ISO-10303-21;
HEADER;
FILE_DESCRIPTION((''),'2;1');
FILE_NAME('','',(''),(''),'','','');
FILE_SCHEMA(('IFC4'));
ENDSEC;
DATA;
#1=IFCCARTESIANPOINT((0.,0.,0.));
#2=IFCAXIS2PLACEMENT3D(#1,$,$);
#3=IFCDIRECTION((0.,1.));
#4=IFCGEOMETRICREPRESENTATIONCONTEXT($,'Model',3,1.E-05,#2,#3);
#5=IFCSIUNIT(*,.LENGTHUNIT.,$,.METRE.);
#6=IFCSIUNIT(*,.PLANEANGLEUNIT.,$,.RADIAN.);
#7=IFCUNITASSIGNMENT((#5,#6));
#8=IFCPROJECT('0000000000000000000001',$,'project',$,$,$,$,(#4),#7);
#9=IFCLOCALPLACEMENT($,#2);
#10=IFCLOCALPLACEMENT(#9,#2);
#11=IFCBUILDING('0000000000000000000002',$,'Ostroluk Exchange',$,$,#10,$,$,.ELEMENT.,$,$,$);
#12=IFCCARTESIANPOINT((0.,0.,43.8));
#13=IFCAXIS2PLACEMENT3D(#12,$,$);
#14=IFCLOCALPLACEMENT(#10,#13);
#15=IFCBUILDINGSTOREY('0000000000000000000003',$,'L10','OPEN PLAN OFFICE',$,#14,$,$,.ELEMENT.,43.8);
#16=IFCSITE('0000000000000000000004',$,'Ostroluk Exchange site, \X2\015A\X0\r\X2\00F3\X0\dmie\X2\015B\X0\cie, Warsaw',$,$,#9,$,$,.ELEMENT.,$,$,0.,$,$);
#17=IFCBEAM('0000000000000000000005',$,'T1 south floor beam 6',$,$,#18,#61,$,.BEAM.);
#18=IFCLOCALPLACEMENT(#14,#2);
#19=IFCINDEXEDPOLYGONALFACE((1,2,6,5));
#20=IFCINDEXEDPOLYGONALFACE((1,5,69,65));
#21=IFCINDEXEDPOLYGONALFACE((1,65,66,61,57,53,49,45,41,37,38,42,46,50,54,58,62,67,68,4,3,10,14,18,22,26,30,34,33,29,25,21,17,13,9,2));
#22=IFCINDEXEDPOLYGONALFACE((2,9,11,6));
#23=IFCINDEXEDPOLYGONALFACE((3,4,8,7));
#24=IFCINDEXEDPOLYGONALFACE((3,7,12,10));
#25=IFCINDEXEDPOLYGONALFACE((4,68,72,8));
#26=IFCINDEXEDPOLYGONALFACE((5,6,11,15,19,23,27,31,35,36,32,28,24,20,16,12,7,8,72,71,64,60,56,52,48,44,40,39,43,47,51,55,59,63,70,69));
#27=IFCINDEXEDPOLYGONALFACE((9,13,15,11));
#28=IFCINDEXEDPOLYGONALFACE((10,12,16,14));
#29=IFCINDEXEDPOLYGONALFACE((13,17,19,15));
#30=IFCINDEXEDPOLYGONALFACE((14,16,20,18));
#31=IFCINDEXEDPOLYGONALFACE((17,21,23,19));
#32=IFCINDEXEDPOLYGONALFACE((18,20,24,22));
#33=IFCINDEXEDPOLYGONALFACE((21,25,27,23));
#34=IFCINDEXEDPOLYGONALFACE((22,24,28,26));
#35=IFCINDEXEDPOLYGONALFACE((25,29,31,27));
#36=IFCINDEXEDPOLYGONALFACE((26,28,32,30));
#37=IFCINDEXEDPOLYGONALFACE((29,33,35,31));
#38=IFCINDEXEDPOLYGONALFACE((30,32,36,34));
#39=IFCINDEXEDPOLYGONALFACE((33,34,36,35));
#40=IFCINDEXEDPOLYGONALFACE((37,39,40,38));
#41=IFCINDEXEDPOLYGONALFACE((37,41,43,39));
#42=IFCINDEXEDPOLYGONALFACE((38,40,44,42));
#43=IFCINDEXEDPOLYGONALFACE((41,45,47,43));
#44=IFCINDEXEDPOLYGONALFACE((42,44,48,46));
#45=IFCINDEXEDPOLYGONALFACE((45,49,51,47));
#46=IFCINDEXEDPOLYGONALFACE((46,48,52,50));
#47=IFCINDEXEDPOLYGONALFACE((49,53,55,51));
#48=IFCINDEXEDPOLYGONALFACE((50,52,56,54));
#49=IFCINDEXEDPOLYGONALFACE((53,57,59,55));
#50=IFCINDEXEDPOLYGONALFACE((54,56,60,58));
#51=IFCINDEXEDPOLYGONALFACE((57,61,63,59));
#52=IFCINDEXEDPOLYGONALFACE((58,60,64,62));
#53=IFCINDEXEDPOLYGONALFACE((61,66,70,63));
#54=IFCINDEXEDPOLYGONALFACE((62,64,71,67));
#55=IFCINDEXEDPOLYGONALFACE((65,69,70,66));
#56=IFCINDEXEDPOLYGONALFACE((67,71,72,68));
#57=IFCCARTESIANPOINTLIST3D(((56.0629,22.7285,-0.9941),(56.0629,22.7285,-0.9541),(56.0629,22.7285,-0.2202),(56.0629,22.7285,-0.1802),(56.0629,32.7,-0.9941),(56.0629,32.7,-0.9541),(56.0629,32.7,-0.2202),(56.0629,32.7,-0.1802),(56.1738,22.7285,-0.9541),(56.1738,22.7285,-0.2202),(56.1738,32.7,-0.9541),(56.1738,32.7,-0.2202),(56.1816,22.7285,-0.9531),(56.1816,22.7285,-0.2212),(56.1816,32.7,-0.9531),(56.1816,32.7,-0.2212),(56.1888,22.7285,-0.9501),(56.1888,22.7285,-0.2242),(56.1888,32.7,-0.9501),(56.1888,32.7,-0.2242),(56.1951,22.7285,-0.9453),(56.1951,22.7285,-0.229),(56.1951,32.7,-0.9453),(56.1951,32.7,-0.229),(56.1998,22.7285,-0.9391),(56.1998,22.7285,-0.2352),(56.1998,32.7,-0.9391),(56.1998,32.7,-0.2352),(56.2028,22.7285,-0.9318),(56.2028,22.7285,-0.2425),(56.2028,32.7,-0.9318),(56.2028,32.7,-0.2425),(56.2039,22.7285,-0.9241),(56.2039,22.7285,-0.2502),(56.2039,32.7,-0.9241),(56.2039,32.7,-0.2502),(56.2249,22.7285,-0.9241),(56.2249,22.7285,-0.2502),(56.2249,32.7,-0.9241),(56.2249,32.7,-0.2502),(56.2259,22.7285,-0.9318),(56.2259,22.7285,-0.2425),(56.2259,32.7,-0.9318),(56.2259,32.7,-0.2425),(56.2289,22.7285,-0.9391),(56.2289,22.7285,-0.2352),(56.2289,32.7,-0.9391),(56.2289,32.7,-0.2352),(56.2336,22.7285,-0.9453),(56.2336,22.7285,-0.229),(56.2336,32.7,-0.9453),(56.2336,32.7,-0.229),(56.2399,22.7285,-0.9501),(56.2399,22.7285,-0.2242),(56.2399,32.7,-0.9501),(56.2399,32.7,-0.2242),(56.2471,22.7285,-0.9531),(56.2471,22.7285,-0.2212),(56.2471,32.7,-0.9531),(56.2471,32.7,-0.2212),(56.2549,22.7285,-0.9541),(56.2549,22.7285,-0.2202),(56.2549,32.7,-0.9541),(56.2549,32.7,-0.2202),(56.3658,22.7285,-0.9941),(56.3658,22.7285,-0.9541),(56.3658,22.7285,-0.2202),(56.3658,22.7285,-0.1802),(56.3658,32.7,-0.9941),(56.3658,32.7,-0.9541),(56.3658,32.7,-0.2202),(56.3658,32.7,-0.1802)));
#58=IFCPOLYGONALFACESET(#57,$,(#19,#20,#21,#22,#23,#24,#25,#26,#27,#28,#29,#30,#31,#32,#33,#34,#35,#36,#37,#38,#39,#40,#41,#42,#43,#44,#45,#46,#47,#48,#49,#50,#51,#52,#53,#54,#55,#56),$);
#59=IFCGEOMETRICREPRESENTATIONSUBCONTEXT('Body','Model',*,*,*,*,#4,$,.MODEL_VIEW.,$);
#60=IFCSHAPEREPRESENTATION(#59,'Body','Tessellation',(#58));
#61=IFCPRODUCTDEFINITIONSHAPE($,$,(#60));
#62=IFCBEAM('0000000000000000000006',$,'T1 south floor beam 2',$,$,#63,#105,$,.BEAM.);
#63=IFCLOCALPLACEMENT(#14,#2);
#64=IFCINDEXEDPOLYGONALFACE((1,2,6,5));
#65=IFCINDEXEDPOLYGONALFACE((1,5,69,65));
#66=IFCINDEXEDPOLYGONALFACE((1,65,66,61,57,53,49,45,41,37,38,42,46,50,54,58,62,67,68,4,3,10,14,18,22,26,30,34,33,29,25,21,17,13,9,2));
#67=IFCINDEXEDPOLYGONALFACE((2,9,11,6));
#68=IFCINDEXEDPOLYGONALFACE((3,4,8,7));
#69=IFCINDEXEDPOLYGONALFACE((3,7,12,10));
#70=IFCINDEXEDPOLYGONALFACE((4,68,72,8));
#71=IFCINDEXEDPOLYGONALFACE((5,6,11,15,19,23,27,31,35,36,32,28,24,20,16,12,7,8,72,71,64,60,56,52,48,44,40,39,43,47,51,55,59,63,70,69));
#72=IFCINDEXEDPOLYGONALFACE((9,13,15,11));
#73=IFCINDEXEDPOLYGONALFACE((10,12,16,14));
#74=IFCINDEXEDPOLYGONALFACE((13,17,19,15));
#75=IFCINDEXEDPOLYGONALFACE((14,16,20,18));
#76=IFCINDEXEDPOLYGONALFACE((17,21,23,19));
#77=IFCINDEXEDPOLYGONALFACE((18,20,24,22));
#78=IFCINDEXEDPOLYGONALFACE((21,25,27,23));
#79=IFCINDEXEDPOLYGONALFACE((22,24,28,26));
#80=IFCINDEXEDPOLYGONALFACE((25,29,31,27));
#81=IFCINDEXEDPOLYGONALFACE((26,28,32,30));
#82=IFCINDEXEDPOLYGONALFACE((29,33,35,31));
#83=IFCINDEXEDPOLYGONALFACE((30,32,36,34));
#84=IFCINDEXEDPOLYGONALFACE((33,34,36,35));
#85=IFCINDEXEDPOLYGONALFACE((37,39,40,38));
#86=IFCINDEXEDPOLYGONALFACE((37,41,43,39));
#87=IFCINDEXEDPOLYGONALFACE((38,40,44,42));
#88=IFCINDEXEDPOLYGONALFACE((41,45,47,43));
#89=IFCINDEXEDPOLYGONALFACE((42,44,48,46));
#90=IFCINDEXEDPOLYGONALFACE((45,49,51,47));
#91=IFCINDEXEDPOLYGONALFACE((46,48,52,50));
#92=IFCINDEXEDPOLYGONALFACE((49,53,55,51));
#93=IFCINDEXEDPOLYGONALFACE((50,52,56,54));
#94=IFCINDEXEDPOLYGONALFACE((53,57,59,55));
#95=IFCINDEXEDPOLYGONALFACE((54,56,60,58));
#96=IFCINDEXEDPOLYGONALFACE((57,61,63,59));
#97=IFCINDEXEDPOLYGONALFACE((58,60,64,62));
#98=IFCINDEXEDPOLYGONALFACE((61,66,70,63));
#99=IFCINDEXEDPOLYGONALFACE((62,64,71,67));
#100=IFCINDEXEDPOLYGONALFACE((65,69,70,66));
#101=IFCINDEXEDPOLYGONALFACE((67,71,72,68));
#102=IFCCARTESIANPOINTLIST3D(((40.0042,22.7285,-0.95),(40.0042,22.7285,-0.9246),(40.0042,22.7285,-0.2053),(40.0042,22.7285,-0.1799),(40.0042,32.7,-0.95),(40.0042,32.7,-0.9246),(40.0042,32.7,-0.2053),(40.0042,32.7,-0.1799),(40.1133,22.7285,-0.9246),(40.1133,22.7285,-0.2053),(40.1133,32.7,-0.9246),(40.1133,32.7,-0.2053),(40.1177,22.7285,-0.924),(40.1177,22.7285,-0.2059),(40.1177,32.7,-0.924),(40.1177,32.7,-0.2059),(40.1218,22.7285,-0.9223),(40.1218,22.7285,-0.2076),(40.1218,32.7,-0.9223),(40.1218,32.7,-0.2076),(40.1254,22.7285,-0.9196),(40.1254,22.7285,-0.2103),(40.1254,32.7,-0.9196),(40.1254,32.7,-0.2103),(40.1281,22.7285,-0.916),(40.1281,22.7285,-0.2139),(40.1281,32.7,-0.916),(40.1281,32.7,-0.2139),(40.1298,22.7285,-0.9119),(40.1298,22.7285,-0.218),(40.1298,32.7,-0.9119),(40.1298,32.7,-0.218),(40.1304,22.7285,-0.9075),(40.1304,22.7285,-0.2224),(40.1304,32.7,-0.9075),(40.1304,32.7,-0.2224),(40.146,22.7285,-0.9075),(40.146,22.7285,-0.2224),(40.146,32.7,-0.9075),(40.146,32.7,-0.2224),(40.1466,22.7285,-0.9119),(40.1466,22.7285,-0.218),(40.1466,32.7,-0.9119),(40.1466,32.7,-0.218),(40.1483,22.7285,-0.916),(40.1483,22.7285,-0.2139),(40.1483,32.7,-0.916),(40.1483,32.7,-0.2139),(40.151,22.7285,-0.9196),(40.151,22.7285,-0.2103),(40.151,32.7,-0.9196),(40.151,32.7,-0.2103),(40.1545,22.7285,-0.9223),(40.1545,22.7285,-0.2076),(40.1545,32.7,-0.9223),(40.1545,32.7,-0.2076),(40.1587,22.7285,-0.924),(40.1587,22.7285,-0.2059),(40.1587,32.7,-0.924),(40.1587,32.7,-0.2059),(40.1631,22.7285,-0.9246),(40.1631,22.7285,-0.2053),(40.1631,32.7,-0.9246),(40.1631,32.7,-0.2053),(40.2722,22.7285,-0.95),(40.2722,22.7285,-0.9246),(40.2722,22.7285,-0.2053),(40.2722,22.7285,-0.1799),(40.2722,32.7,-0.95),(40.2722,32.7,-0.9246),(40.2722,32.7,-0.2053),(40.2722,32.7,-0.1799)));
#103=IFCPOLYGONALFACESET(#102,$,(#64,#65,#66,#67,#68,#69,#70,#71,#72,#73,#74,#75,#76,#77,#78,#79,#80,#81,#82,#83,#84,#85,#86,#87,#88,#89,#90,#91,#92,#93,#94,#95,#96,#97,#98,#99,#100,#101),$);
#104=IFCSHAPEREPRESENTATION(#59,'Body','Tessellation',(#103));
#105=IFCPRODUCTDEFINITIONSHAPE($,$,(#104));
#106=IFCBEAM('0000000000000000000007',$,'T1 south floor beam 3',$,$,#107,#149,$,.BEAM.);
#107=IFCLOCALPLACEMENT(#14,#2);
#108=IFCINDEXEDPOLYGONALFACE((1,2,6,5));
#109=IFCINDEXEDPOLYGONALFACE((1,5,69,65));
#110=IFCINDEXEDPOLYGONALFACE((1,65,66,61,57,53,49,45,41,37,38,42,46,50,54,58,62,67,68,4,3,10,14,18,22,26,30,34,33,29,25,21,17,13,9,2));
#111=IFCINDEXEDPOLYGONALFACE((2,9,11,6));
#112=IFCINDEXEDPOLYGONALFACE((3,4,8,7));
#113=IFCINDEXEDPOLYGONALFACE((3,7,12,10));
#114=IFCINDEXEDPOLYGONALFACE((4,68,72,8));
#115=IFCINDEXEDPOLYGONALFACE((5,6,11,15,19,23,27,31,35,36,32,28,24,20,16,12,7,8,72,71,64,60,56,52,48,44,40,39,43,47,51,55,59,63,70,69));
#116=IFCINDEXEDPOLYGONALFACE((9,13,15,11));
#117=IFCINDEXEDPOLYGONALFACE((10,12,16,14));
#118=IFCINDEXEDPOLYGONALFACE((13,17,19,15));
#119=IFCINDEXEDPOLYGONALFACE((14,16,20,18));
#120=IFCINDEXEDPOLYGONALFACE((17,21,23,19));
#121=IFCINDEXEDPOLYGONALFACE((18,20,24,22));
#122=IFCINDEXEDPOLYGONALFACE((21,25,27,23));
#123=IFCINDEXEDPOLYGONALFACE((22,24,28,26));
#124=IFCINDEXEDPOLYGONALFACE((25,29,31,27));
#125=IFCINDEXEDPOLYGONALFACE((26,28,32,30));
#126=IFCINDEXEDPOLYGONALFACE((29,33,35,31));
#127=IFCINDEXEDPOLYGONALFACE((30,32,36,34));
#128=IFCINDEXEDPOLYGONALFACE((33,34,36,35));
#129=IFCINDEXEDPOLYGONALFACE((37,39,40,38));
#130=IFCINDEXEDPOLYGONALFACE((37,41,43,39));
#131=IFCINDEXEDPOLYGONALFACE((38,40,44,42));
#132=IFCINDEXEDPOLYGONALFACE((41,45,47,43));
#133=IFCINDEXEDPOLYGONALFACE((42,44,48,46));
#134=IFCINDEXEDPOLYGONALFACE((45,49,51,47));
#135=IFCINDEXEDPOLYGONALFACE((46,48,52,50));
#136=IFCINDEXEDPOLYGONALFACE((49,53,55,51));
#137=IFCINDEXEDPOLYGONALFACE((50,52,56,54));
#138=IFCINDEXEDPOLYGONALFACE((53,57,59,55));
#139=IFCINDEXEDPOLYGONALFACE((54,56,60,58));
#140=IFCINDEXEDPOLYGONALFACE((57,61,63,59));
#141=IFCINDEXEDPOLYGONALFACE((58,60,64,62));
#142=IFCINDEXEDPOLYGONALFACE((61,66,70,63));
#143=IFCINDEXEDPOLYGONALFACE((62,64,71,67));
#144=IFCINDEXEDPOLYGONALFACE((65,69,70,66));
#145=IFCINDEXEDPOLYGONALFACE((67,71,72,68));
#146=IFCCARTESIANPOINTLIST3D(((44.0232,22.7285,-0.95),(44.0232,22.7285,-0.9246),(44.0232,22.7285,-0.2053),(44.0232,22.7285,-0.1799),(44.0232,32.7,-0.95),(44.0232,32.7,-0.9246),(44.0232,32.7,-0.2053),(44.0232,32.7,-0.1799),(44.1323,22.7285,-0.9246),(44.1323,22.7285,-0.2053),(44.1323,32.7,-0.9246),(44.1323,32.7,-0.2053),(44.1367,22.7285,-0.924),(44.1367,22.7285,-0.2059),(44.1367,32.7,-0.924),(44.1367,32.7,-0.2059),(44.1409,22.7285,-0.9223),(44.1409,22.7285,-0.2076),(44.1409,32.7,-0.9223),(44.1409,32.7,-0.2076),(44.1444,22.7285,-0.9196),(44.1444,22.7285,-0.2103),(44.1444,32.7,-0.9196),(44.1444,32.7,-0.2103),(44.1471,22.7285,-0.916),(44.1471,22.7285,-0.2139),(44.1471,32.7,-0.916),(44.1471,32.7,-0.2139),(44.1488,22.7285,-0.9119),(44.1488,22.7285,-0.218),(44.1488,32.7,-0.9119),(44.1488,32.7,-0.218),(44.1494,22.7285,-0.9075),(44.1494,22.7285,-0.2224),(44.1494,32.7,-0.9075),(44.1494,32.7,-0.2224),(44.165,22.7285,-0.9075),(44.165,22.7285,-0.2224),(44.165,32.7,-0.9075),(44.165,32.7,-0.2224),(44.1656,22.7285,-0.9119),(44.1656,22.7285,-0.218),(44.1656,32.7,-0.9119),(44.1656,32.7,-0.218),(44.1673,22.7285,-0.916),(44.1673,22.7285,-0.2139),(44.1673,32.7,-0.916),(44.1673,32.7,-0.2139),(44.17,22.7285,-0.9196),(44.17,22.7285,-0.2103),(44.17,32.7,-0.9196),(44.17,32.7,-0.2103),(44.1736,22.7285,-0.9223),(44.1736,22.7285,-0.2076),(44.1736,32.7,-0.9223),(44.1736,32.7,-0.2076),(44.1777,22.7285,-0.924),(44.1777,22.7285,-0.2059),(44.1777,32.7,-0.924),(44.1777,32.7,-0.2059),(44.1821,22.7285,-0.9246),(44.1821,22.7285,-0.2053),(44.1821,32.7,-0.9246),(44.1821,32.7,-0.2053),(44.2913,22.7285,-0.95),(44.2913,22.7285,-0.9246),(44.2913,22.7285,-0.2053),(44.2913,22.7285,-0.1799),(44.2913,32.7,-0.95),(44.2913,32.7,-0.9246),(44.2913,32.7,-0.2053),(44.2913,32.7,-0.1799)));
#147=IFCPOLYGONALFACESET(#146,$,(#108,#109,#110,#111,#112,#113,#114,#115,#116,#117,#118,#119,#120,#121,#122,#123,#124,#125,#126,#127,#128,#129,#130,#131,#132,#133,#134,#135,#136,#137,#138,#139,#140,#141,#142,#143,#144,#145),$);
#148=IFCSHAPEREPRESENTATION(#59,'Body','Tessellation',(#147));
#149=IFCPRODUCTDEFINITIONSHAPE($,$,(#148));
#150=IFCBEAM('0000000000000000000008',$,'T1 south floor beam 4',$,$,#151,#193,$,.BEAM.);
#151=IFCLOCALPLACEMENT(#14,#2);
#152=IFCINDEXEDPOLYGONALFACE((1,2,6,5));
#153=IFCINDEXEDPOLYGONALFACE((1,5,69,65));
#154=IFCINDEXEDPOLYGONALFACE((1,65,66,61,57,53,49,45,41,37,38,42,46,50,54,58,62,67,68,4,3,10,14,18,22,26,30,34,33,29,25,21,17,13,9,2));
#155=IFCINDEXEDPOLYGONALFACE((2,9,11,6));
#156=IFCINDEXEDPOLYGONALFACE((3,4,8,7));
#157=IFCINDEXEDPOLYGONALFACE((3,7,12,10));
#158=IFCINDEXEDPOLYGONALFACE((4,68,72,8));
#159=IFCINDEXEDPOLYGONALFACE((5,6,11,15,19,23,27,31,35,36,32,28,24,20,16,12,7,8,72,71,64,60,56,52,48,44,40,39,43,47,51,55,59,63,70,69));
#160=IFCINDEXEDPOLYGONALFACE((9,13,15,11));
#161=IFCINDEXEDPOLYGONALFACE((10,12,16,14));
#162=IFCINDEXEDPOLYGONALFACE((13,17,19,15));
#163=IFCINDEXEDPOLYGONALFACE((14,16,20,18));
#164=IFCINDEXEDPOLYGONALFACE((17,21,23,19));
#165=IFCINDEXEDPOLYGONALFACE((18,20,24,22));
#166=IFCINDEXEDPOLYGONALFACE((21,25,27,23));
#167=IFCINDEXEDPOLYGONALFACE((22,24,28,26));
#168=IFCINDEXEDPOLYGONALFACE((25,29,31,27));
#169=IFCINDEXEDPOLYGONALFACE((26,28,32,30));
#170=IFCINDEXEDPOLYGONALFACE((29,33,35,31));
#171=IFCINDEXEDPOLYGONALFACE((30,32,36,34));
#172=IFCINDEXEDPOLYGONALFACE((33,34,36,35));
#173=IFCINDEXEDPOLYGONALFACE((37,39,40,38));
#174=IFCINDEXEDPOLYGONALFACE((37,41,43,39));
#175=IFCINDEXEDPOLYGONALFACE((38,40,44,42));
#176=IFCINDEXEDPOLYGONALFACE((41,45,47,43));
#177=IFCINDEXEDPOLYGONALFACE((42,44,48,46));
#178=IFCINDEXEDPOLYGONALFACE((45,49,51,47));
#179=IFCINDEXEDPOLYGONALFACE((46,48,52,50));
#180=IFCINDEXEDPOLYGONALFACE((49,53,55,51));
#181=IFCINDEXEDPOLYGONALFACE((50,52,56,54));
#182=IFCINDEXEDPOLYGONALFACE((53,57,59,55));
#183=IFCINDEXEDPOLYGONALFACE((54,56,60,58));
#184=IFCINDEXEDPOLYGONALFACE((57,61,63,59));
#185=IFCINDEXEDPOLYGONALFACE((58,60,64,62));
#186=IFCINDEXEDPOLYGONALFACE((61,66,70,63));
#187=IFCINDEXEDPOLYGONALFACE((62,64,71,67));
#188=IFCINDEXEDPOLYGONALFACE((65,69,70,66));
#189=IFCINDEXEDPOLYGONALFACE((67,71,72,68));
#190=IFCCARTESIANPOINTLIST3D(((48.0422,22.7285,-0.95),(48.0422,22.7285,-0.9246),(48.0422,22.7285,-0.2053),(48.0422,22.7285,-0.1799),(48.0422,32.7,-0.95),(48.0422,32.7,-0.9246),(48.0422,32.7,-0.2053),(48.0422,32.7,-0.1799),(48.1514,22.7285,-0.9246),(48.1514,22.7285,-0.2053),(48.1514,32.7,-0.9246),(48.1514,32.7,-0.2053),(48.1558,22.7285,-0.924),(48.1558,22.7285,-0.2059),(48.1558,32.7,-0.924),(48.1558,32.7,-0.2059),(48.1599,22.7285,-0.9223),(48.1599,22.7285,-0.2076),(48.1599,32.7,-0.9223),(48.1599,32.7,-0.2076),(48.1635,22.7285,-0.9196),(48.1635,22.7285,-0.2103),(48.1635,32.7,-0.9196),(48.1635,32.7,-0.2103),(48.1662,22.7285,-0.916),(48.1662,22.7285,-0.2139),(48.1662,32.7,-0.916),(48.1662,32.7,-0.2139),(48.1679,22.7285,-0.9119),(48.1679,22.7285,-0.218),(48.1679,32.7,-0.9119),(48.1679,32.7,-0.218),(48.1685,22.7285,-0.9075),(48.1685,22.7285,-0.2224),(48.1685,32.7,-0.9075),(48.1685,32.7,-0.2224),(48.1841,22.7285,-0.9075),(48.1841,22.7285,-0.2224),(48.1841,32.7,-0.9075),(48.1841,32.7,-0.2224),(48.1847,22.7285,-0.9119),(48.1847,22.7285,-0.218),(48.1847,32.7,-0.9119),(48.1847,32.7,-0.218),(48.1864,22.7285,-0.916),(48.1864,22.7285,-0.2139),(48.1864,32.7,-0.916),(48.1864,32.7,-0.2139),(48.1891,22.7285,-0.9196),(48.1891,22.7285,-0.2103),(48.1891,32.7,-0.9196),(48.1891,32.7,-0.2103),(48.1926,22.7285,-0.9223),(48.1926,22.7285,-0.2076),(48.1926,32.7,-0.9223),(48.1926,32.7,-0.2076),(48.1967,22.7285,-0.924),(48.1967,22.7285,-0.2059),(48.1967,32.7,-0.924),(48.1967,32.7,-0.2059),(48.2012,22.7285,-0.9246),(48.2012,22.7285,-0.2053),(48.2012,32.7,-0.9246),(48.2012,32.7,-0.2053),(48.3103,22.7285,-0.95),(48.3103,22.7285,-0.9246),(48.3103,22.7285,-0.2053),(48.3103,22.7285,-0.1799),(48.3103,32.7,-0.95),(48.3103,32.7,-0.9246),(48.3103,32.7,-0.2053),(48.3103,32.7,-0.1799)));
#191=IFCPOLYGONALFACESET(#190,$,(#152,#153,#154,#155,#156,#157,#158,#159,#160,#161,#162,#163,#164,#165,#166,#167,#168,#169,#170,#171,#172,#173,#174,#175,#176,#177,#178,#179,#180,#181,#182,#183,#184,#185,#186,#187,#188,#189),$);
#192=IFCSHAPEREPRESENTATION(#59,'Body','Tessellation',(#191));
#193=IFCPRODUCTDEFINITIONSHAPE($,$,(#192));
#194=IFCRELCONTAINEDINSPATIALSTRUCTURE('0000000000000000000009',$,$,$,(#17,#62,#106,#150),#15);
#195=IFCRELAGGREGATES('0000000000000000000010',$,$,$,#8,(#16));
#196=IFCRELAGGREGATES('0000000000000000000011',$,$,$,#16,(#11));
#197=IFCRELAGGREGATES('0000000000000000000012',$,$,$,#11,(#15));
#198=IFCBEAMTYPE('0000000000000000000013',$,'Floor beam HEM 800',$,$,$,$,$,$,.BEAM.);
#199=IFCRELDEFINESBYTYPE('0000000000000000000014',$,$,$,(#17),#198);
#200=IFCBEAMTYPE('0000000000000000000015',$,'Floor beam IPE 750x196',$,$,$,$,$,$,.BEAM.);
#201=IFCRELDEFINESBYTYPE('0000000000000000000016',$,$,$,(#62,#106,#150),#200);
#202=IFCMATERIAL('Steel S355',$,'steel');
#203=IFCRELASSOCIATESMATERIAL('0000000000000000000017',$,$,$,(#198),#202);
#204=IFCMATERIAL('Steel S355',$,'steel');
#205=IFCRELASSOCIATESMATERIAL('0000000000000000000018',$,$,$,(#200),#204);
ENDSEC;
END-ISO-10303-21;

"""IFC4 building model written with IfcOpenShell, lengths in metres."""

from ifc_helpers import new_model, si_unit, direction, frame, origin, origin_2d, place, context, subcontext, project, spatial, i_section, extrude, material, material_profile, profile_set, type_object, element, save


model = new_model("IFC4")

# Units and contexts
model_context = context("Model", 3, precision=1e-05, world=origin(), true_north=direction((0.0, 1.0)))
body_context = subcontext(model_context, "Body", "Model", "MODEL_VIEW")
ifc_project = project(units=[si_unit("LENGTHUNIT", "METRE"), si_unit("PLANEANGLEUNIT", "RADIAN")], contexts=[model_context])

# Site, building, storey
site_placement = place(None, origin())
site = spatial("IfcSite", under=ifc_project, at=site_placement, Name="Ostroluk Exchange site, Śródmieście, Warsaw", CompositionType="ELEMENT", RefElevation=0.0)
building_placement = place(site_placement, origin())
building = spatial("IfcBuilding", under=site, at=building_placement, Name="Ostroluk Exchange", CompositionType="ELEMENT")
storey_placement = place(building_placement, frame((0.0, 0.0, 43.8)))
storey = spatial("IfcBuildingStorey", under=building, at=storey_placement, Name="L10", Description="OPEN PLAN OFFICE", CompositionType="ELEMENT", Elevation=43.8)

# Beams
ifc_material_1 = material(Name="Steel S355", Category="steel")
ifc_material_profile_1 = material_profile(ifc_material_1, i_section(OverallWidth=0.303, OverallDepth=0.814, WebThickness=0.021, FlangeThickness=0.04, FilletRadius=0.03, at=origin_2d()), Name="HEM 800")
ifc_profile_set_1 = profile_set([ifc_material_profile_1], Name="Steel S355")
beam_type_1 = type_object("IfcBeamType", Name="Floor beam HEM 800", PredefinedType="BEAM", material=ifc_profile_set_1)
beam_placement = place(storey_placement, frame((56.2144, 32.7, -0.5872), z_axis=(0.0, -1.0, 0.0), x_axis=(1.0, 0.0, 0.0)))
element("IfcBeam", 1, at=beam_placement, inside=storey, type_object=beam_type_1, Name="T1 south floor beam 6", PredefinedType="BEAM", context=body_context, shape_type="SweptSolid", body=[
    extrude(i_section(OverallWidth=0.303, OverallDepth=0.814, WebThickness=0.021, FlangeThickness=0.04, FilletRadius=0.03, at=origin_2d()), origin(), (0.0, 0.0, 1.0), 9.9714),
])
ifc_material_2 = material(Name="Steel S355", Category="steel")
ifc_material_profile_2 = material_profile(ifc_material_2, i_section(OverallWidth=0.2681, OverallDepth=0.77, WebThickness=0.0156, FlangeThickness=0.0254, FilletRadius=0.0171, at=origin_2d()), Name="IPE 750x196")
ifc_profile_set_2 = profile_set([ifc_material_profile_2], Name="Steel S355")
beam_type_2 = type_object("IfcBeamType", Name="Floor beam IPE 750x196", PredefinedType="BEAM", material=ifc_profile_set_2)
for number, where, z_axis, x_axis, name in (
    (2, (40.1382, 32.7, -0.5649), (0.0, -1.0, 0.0), (1.0, 0.0, 0.0), "T1 south floor beam 2"),
    (3, (44.1572, 32.7, -0.5649), (0.0, -1.0, 0.0), (1.0, 0.0, 0.0), "T1 south floor beam 3"),
    (4, (48.1763, 32.7, -0.5649), (0.0, -1.0, 0.0), (1.0, 0.0, 0.0), "T1 south floor beam 4"),
):
    element("IfcBeam", number, at=place(storey_placement, frame(where, z_axis=z_axis, x_axis=x_axis)), inside=storey, type_object=beam_type_2, Name=name, PredefinedType="BEAM", context=body_context, shape_type="SweptSolid", body=[
        extrude(i_section(OverallWidth=0.2681, OverallDepth=0.77, WebThickness=0.0156, FlangeThickness=0.0254, FilletRadius=0.0171, at=origin_2d()), origin(), (0.0, 0.0, 1.0), 9.9714),
    ])

save(model, "model.ifc")
